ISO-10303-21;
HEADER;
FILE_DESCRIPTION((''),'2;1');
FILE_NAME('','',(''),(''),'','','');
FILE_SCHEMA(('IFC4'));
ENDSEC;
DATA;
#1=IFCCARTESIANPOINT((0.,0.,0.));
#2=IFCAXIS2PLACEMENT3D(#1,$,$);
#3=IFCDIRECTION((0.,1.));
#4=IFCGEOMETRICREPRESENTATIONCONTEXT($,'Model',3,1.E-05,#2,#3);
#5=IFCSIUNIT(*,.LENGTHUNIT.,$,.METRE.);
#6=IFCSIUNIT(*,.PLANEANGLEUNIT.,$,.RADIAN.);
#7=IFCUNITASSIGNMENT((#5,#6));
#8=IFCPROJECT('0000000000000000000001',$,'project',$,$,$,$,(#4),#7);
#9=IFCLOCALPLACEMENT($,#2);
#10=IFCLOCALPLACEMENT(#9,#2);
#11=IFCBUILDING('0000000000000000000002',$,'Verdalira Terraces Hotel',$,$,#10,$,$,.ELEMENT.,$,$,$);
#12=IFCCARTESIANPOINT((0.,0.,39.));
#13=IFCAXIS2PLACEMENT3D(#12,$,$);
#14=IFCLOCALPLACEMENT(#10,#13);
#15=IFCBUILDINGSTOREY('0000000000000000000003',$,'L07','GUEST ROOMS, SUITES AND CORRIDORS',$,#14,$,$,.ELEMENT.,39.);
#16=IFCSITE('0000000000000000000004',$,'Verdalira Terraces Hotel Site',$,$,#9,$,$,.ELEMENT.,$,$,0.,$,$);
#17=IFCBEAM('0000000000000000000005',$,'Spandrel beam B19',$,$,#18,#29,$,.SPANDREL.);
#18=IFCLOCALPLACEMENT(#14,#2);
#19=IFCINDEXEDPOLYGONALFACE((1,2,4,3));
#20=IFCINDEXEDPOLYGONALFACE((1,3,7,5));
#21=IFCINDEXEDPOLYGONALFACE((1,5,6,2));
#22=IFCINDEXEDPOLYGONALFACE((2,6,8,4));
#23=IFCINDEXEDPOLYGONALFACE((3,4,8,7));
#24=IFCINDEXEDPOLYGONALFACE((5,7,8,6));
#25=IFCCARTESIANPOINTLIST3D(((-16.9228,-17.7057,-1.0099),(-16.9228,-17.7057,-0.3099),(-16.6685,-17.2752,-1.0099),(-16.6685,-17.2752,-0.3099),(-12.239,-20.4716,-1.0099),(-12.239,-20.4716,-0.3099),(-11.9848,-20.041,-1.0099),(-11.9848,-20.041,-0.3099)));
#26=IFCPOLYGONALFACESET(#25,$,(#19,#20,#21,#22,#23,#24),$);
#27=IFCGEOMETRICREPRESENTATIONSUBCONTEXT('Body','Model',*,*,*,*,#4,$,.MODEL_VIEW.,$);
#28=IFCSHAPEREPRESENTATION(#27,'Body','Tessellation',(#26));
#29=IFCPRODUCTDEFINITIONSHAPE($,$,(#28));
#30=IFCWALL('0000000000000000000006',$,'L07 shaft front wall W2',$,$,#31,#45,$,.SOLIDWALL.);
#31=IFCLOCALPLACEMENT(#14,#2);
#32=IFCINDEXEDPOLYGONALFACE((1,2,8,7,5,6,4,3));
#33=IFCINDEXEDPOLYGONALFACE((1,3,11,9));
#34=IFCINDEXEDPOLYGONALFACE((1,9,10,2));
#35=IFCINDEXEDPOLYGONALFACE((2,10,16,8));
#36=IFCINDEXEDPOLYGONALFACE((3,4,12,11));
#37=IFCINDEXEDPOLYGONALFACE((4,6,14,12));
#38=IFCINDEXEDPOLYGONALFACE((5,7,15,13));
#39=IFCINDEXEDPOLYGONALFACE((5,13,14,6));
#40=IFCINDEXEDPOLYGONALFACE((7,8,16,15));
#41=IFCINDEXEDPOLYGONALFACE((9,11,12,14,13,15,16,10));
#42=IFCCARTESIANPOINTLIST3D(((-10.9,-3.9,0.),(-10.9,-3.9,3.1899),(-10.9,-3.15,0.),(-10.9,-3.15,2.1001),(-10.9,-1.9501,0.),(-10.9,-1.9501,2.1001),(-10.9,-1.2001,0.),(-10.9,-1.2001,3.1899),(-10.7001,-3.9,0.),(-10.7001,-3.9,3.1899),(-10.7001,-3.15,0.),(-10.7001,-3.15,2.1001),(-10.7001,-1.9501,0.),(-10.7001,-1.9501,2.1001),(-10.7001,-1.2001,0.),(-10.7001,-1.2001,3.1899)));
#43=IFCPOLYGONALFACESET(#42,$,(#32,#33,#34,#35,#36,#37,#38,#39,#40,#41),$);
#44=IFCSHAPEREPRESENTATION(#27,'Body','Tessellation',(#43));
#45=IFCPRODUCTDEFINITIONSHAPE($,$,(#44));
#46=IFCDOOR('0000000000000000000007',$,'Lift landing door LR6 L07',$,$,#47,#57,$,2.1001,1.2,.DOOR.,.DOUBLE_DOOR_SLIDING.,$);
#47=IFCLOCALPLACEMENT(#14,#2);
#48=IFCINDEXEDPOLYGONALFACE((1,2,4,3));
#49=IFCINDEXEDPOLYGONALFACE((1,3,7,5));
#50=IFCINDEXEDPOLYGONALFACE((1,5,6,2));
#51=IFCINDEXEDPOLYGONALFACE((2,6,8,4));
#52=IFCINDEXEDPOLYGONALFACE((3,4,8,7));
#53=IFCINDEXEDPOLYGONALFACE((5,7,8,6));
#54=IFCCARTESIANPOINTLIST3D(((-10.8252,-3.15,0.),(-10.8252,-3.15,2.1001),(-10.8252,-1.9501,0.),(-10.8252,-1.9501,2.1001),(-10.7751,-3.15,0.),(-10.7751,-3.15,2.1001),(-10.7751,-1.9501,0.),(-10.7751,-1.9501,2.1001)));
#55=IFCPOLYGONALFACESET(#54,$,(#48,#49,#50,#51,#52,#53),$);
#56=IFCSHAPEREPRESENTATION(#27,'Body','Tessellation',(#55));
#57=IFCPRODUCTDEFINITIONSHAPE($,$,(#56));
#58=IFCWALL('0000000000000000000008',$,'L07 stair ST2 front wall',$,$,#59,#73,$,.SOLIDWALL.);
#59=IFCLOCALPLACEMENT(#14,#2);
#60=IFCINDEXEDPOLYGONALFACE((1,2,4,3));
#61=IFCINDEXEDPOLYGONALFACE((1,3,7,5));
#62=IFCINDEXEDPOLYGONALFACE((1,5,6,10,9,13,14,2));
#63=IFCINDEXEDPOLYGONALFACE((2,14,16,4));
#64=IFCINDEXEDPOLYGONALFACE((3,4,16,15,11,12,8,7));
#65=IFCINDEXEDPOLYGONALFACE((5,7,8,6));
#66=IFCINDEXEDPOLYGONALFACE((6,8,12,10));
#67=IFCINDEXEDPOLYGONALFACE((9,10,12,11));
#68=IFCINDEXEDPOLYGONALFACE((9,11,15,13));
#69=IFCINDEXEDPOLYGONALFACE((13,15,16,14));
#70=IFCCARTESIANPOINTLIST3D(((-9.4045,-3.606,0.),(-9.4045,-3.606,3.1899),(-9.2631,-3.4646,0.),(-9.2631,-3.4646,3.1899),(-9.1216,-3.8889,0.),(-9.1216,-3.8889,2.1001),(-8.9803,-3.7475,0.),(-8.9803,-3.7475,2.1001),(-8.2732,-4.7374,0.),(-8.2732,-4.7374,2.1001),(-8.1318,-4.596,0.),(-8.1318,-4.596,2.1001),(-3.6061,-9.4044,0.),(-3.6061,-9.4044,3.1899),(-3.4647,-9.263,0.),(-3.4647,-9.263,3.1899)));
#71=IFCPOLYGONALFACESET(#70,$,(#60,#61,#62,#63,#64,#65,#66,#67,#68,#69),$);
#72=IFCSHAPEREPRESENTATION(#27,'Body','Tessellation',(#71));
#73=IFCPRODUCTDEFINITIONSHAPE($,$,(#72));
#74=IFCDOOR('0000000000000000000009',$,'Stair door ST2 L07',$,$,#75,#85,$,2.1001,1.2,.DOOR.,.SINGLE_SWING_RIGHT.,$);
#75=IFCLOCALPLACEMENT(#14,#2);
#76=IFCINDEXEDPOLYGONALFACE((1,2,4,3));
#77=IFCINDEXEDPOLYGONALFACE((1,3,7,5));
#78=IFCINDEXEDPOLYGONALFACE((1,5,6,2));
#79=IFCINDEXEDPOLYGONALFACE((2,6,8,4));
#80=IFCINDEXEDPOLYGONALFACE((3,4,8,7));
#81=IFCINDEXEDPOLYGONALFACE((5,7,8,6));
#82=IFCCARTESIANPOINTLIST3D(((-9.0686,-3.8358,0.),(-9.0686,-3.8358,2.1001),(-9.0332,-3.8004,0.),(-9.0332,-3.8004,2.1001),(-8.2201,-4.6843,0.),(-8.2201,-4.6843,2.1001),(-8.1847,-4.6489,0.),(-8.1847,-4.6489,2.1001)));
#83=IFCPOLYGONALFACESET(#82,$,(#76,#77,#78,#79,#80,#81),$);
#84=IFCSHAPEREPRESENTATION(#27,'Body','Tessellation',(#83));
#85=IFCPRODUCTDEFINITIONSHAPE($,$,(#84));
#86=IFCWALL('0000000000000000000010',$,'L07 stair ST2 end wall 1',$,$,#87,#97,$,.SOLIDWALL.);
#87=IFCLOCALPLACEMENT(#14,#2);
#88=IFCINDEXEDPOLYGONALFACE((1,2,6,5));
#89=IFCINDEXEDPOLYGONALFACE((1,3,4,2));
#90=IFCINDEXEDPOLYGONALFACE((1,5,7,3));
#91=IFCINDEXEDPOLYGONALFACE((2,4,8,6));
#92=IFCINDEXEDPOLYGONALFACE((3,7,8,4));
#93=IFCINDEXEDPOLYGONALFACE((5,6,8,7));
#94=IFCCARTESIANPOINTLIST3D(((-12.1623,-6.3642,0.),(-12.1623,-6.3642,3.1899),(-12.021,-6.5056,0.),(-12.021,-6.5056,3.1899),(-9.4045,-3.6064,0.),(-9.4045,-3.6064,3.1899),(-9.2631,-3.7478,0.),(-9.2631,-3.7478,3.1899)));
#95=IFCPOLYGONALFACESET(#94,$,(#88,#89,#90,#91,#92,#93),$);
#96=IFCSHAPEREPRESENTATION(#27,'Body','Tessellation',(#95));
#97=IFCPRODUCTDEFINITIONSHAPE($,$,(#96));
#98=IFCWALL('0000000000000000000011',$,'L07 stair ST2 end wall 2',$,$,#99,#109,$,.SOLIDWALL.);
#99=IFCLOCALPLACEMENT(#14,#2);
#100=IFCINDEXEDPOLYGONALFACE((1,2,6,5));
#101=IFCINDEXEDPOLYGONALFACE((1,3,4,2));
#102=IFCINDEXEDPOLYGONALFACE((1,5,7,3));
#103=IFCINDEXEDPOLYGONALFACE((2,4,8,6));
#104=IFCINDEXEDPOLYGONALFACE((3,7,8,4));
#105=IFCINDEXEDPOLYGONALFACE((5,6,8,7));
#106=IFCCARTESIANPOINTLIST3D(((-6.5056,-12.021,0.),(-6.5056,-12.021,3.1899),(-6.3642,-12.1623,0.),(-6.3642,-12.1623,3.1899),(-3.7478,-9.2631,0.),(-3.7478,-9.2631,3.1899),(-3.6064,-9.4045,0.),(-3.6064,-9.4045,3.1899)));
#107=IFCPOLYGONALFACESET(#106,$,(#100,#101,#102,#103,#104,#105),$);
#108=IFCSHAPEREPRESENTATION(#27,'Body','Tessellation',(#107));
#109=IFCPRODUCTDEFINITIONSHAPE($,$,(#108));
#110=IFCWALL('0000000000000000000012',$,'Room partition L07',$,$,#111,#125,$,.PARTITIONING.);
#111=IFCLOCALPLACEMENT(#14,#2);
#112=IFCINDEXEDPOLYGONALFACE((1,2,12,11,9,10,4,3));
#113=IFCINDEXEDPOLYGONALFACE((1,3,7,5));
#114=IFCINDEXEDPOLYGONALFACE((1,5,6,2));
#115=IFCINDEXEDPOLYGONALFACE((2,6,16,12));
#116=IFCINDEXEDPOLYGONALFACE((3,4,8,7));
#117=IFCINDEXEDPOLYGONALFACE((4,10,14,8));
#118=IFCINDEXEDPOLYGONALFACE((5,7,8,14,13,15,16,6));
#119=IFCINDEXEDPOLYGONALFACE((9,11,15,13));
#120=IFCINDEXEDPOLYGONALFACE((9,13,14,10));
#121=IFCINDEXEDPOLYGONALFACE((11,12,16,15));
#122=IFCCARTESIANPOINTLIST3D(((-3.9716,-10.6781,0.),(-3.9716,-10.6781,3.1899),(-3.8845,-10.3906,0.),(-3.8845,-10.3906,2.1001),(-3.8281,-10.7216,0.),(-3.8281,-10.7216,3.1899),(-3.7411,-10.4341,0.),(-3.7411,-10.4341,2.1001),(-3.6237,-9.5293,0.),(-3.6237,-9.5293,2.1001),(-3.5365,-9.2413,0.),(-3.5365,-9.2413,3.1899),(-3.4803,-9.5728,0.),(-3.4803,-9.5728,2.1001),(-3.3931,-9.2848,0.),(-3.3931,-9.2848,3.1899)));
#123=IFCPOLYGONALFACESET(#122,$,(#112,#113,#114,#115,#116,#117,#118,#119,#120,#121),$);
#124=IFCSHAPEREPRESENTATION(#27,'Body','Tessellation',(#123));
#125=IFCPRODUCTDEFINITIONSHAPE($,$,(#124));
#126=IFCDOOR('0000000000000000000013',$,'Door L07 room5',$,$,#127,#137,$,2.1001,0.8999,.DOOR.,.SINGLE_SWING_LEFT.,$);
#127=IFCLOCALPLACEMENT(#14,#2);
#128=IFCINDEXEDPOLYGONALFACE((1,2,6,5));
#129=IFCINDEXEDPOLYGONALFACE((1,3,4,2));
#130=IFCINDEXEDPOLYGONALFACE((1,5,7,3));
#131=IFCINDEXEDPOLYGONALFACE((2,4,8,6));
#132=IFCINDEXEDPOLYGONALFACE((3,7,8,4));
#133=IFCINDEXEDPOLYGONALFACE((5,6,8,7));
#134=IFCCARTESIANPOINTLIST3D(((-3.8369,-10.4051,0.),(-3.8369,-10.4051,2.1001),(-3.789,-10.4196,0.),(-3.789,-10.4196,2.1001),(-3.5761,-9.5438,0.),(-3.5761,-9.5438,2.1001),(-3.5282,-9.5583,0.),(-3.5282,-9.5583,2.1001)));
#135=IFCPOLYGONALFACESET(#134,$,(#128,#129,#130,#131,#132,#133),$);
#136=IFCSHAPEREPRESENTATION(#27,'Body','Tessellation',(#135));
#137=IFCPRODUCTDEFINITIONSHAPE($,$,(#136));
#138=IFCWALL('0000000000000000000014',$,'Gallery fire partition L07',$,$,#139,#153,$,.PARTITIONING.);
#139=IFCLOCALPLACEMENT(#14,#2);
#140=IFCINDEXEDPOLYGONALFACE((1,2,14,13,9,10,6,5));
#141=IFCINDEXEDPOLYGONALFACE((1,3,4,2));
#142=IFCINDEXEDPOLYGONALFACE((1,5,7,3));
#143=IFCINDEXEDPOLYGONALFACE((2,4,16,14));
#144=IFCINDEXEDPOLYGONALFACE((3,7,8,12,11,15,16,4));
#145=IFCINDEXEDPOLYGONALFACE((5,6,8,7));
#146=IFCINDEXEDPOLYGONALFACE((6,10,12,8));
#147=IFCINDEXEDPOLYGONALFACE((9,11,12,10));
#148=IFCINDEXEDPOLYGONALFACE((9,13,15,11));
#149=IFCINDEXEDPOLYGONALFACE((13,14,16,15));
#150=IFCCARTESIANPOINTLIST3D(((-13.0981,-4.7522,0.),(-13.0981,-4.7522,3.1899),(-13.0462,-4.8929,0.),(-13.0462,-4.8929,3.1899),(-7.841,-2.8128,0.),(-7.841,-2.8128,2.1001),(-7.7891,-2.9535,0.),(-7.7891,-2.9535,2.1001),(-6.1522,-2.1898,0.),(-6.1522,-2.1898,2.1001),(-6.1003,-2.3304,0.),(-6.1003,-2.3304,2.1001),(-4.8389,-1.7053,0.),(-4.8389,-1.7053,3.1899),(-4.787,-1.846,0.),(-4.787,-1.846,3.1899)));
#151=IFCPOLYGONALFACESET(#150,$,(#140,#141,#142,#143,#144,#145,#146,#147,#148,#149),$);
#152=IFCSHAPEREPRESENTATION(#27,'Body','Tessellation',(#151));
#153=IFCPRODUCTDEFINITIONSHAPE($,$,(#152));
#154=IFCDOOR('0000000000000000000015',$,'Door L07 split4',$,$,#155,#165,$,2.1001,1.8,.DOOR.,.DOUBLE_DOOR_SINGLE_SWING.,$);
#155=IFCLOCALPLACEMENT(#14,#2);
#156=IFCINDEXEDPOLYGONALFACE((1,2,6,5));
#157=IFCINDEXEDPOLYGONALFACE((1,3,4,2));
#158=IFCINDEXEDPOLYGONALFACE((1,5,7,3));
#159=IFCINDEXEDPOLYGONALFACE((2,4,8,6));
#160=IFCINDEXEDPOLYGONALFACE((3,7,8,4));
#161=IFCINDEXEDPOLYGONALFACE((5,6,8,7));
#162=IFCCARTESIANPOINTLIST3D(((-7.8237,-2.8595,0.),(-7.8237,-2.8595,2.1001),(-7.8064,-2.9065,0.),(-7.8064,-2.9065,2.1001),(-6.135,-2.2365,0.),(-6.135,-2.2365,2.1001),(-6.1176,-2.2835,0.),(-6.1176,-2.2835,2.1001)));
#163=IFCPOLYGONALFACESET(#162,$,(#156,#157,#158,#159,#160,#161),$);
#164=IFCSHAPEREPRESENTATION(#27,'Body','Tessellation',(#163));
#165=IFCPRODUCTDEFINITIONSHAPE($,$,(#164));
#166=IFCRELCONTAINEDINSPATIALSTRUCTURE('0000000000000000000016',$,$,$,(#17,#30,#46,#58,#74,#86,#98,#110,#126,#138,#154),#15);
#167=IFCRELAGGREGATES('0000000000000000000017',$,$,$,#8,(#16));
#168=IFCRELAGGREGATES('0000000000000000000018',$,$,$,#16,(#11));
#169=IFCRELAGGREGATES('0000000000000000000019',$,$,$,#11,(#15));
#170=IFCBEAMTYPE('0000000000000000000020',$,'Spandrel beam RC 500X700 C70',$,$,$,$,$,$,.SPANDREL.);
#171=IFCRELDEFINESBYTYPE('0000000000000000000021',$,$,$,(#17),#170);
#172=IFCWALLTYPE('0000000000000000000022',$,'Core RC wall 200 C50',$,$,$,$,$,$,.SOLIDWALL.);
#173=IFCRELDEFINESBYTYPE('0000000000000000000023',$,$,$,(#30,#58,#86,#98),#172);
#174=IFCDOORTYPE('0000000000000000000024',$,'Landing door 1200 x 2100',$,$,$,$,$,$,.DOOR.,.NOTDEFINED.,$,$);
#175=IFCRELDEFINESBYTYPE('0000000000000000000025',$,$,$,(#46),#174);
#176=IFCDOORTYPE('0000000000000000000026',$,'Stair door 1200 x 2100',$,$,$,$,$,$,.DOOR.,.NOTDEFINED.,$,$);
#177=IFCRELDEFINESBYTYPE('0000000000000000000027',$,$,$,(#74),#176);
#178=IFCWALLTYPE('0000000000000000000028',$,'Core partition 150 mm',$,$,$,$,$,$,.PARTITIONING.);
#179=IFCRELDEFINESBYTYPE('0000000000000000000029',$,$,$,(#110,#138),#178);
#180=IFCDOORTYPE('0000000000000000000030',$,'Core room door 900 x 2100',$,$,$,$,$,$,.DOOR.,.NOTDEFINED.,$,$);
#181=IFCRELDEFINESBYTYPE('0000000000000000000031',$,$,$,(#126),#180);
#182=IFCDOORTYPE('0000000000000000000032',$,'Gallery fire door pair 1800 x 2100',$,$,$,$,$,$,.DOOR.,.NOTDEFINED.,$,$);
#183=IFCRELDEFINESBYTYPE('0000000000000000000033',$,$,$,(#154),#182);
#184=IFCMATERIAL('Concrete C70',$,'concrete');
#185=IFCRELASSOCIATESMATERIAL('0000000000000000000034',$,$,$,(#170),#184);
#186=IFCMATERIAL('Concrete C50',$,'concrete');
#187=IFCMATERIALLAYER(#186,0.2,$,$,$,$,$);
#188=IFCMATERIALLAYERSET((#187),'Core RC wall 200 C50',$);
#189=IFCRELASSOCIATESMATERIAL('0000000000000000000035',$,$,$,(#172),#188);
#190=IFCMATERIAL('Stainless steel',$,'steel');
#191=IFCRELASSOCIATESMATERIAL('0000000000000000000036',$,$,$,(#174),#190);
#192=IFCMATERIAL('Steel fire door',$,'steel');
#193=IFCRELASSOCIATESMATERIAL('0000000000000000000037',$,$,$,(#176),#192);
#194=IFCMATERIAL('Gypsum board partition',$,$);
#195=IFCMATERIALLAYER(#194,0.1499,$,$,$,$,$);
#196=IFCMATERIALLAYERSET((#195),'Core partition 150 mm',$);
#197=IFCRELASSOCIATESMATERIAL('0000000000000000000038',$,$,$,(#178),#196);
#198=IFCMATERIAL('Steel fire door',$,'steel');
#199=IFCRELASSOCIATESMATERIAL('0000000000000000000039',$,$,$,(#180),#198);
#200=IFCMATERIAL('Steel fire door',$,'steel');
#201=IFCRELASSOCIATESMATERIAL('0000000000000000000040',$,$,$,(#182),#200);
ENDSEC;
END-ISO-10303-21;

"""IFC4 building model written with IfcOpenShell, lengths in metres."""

from ifc_helpers import new_model, si_unit, direction, frame, frame_2d, origin, origin_2d, place, context, subcontext, project, spatial, rectangle, extrude, material, layer, layer_set, material_profile, profile_set, type_object, element, fill, save


model = new_model("IFC4")

# Units and contexts
model_context = context("Model", 3, precision=1e-05, world=origin(), true_north=direction((0.0, 1.0)))
body_context = subcontext(model_context, "Body", "Model", "MODEL_VIEW")
ifc_project = project(units=[si_unit("LENGTHUNIT", "METRE"), si_unit("PLANEANGLEUNIT", "RADIAN")], contexts=[model_context])

# Site, building, storey
site_placement = place(None, origin())
site = spatial("IfcSite", under=ifc_project, at=site_placement, Name="Verdalira Terraces Hotel Site", CompositionType="ELEMENT", RefElevation=0.0)
building_placement = place(site_placement, origin())
building = spatial("IfcBuilding", under=site, at=building_placement, Name="Verdalira Terraces Hotel", CompositionType="ELEMENT")
storey_placement = place(building_placement, frame((0.0, 0.0, 39.0)))
storey = spatial("IfcBuildingStorey", under=building, at=storey_placement, Name="L07", Description="GUEST ROOMS, SUITES AND CORRIDORS", CompositionType="ELEMENT", Elevation=39.0)

# Beam
ifc_material_1 = material(Name="Concrete C70", Category="concrete")
ifc_material_profile = material_profile(ifc_material_1, rectangle(XDim=0.5, YDim=0.7, at=origin_2d()), Name="RC 500X700")
ifc_profile_set = profile_set([ifc_material_profile], Name="Concrete C70")
beam_type = type_object("IfcBeamType", Name="Spandrel beam RC 500X700 C70", PredefinedType="SPANDREL", material=ifc_profile_set)
beam_placement = place(storey_placement, frame((-16.7957, -17.4905, -0.6599), z_axis=(0.861076, -0.508477, 0.0), x_axis=(0.508477, 0.861076, 0.0)))
element("IfcBeam", 1, at=beam_placement, inside=storey, type_object=beam_type, Name="Spandrel beam B19", PredefinedType="SPANDREL", context=body_context, shape_type="SweptSolid", body=[
    extrude(rectangle(XDim=0.5, YDim=0.7, at=origin_2d()), origin(), (0.0, 0.0, 1.0), 5.4395),
])

# Walls, openings, doors
ifc_material_2 = material(Name="Concrete C50", Category="concrete")
ifc_layer_1 = layer(ifc_material_2, 0.2)
ifc_layer_set_1 = layer_set([ifc_layer_1], Name="Core RC wall 200 C50")
wall_type_1 = type_object("IfcWallType", Name="Core RC wall 200 C50", PredefinedType="SOLIDWALL", material=ifc_layer_set_1)
wall_1_placement = place(storey_placement, frame((-10.8, -1.2, 0.0), z_axis=(0.0, 0.0, 1.0), x_axis=(0.0, -1.0, 0.0)))
wall_1 = element("IfcWall", 2, at=wall_1_placement, inside=storey, type_object=wall_type_1, Name="L07 shaft front wall W2", PredefinedType="SOLIDWALL", context=body_context, shape_type="SweptSolid", body=[
    extrude(rectangle(XDim=2.7, YDim=0.2, at=frame_2d((1.3501, 0.0))), origin(), (0.0, 0.0, 1.0), 3.1899),
])
opening_1_placement = place(wall_1_placement, frame((0.75, 0.0, 0.0)))
opening_1 = element("IfcOpeningElement", 3, at=opening_1_placement, cuts=wall_1, PredefinedType="OPENING", context=body_context, shape_type="SweptSolid", body=[
    extrude(rectangle(XDim=1.2, YDim=2.1001, at=frame_2d((0.6001, 1.05))), frame((0.0, 0.1099, 0.0), z_axis=(0.0, -1.0, 0.0), x_axis=(1.0, 0.0, 0.0)), (0.0, 0.0, 1.0), 0.22),
])
ifc_material_3 = material(Name="Stainless steel", Category="steel")
door_type_1 = type_object("IfcDoorType", Name="Landing door 1200 x 2100", OperationType="NOTDEFINED", PredefinedType="DOOR", material=ifc_material_3)
door_1_placement = place(opening_1_placement, origin())
door_1 = element("IfcDoor", 4, at=door_1_placement, inside=storey, type_object=door_type_1, Name="Lift landing door LR6 L07", OperationType="DOUBLE_DOOR_SLIDING", OverallHeight=2.1001, OverallWidth=1.2, PredefinedType="DOOR", context=body_context, shape_type="SweptSolid", body=[
    extrude(rectangle(XDim=1.2, YDim=2.1001, at=frame_2d((0.6001, 1.05))), frame((0.0, 0.0249, 0.0), z_axis=(0.0, -1.0, 0.0), x_axis=(1.0, 0.0, 0.0)), (0.0, 0.0, 1.0), 0.05),
])
fill(opening_1, door_1)
wall_2_placement = place(storey_placement, frame((-3.5354, -9.3337, 0.0), z_axis=(0.0, 0.0, 1.0), x_axis=(-0.707107, 0.707107, 0.0)))
wall_2 = element("IfcWall", 5, at=wall_2_placement, inside=storey, type_object=wall_type_1, Name="L07 stair ST2 front wall", PredefinedType="SOLIDWALL", context=body_context, shape_type="SweptSolid", body=[
    extrude(rectangle(XDim=8.2002, YDim=0.2, at=frame_2d((4.1001, 0.0))), origin(), (0.0, 0.0, 1.0), 3.1899),
])
opening_2_placement = place(wall_2_placement, frame((6.6001, 0.0, 0.0)))
opening_2 = element("IfcOpeningElement", 6, at=opening_2_placement, cuts=wall_2, PredefinedType="OPENING", context=body_context, shape_type="SweptSolid", body=[
    extrude(rectangle(XDim=1.2, YDim=2.1001, at=frame_2d((0.6001, 1.05))), frame((0.0, 0.1099, 0.0), z_axis=(0.0, -1.0, 0.0), x_axis=(1.0, 0.0, 0.0)), (0.0, 0.0, 1.0), 0.22),
])
ifc_material_4 = material(Name="Steel fire door", Category="steel")
door_type_2 = type_object("IfcDoorType", Name="Stair door 1200 x 2100", OperationType="NOTDEFINED", PredefinedType="DOOR", material=ifc_material_4)
door_2_placement = place(opening_2_placement, origin())
door_2 = element("IfcDoor", 7, at=door_2_placement, inside=storey, type_object=door_type_2, Name="Stair door ST2 L07", OperationType="SINGLE_SWING_RIGHT", OverallHeight=2.1001, OverallWidth=1.2, PredefinedType="DOOR", context=body_context, shape_type="SweptSolid", body=[
    extrude(rectangle(XDim=1.2, YDim=2.1001, at=frame_2d((0.6001, 1.05))), frame((0.0, 0.0249, 0.0), z_axis=(0.0, -1.0, 0.0), x_axis=(1.0, 0.0, 0.0)), (0.0, 0.0, 1.0), 0.05),
])
fill(opening_2, door_2)

# Walls
for number, where, z_axis, x_axis, name in (
    (8, (-9.3337, -3.677, 0.0), (0.0, 0.0, 1.0), (-0.707107, -0.707107, 0.0), "L07 stair ST2 end wall 1"),
    (9, (-3.677, -9.3337, 0.0), (0.0, 0.0, 1.0), (-0.707107, -0.707107, 0.0), "L07 stair ST2 end wall 2"),
):
    element("IfcWall", number, at=place(storey_placement, frame(where, z_axis=z_axis, x_axis=x_axis)), inside=storey, type_object=wall_type_1, Name=name, PredefinedType="SOLIDWALL", context=body_context, shape_type="SweptSolid", body=[
        extrude(rectangle(XDim=3.9001, YDim=0.2, at=frame_2d((1.9502, 0.0))), origin(), (0.0, 0.0, 1.0), 3.1899),
    ])

# Walls, openings, doors
ifc_material_5 = material(Name="Gypsum board partition")
ifc_layer_2 = layer(ifc_material_5, 0.1499)
ifc_layer_set_2 = layer_set([ifc_layer_2], Name="Core partition 150 mm")
wall_type_2 = type_object("IfcWallType", Name="Core partition 150 mm", PredefinedType="PARTITIONING", material=ifc_layer_set_2)
wall_3_placement = place(storey_placement, frame((-3.4648, -9.2632, 0.0), z_axis=(0.0, 0.0, 1.0), x_axis=(-0.289809, -0.957085, 0.0)))
wall_3 = element("IfcWall", 10, at=wall_3_placement, inside=storey, type_object=wall_type_2, Name="Room partition L07", PredefinedType="PARTITIONING", context=body_context, shape_type="SweptSolid", body=[
    extrude(rectangle(XDim=1.5012, YDim=0.1499, at=frame_2d((0.7505, 0.0))), origin(), (0.0, 0.0, 1.0), 3.1899),
])
opening_3_placement = place(wall_3_placement, frame((0.3008, 0.0, 0.0)))
opening_3 = element("IfcOpeningElement", 11, at=opening_3_placement, cuts=wall_3, PredefinedType="OPENING", context=body_context, shape_type="SweptSolid", body=[
    extrude(rectangle(XDim=0.8999, YDim=2.1001, at=frame_2d((0.45, 1.05))), frame((0.0, 0.085, 0.0), z_axis=(0.0, -1.0, 0.0), x_axis=(1.0, 0.0, 0.0)), (0.0, 0.0, 1.0), 0.1699),
])
ifc_material_6 = material(Name="Steel fire door", Category="steel")
door_type_3 = type_object("IfcDoorType", Name="Core room door 900 x 2100", OperationType="NOTDEFINED", PredefinedType="DOOR", material=ifc_material_6)
door_3_placement = place(opening_3_placement, origin())
door_3 = element("IfcDoor", 12, at=door_3_placement, inside=storey, type_object=door_type_3, Name="Door L07 room5", OperationType="SINGLE_SWING_LEFT", OverallHeight=2.1001, OverallWidth=0.8999, PredefinedType="DOOR", context=body_context, shape_type="SweptSolid", body=[
    extrude(rectangle(XDim=0.8999, YDim=2.1001, at=frame_2d((0.45, 1.05))), frame((0.0, 0.0249, 0.0), z_axis=(0.0, -1.0, 0.0), x_axis=(1.0, 0.0, 0.0)), (0.0, 0.0, 1.0), 0.05),
])
fill(opening_3, door_3)
wall_4_placement = place(storey_placement, frame((-4.813, -1.7756, 0.0), z_axis=(0.0, 0.0, 1.0), x_axis=(-0.938193, -0.346113, 0.0)))
wall_4 = element("IfcWall", 13, at=wall_4_placement, inside=storey, type_object=wall_type_2, Name="Gallery fire partition L07", PredefinedType="PARTITIONING", context=body_context, shape_type="SweptSolid", body=[
    extrude(rectangle(XDim=8.8032, YDim=0.1499, at=frame_2d((4.4016, 0.0))), origin(), (0.0, 0.0, 1.0), 3.1899),
])
opening_4_placement = place(wall_4_placement, frame((1.3999, 0.0, 0.0)))
opening_4 = element("IfcOpeningElement", 14, at=opening_4_placement, cuts=wall_4, PredefinedType="OPENING", context=body_context, shape_type="SweptSolid", body=[
    extrude(rectangle(XDim=1.8, YDim=2.1001, at=frame_2d((0.8999, 1.05))), frame((0.0, 0.085, 0.0), z_axis=(0.0, -1.0, 0.0), x_axis=(1.0, 0.0, 0.0)), (0.0, 0.0, 1.0), 0.1699),
])
ifc_material_7 = material(Name="Steel fire door", Category="steel")
door_type_4 = type_object("IfcDoorType", Name="Gallery fire door pair 1800 x 2100", OperationType="NOTDEFINED", PredefinedType="DOOR", material=ifc_material_7)
door_4_placement = place(opening_4_placement, origin())
door_4 = element("IfcDoor", 15, at=door_4_placement, inside=storey, type_object=door_type_4, Name="Door L07 split4", OperationType="DOUBLE_DOOR_SINGLE_SWING", OverallHeight=2.1001, OverallWidth=1.8, PredefinedType="DOOR", context=body_context, shape_type="SweptSolid", body=[
    extrude(rectangle(XDim=1.8, YDim=2.1001, at=frame_2d((0.8999, 1.05))), frame((0.0, 0.0249, 0.0), z_axis=(0.0, -1.0, 0.0), x_axis=(1.0, 0.0, 0.0)), (0.0, 0.0, 1.0), 0.05),
])
fill(opening_4, door_4)

save(model, "model.ifc")
